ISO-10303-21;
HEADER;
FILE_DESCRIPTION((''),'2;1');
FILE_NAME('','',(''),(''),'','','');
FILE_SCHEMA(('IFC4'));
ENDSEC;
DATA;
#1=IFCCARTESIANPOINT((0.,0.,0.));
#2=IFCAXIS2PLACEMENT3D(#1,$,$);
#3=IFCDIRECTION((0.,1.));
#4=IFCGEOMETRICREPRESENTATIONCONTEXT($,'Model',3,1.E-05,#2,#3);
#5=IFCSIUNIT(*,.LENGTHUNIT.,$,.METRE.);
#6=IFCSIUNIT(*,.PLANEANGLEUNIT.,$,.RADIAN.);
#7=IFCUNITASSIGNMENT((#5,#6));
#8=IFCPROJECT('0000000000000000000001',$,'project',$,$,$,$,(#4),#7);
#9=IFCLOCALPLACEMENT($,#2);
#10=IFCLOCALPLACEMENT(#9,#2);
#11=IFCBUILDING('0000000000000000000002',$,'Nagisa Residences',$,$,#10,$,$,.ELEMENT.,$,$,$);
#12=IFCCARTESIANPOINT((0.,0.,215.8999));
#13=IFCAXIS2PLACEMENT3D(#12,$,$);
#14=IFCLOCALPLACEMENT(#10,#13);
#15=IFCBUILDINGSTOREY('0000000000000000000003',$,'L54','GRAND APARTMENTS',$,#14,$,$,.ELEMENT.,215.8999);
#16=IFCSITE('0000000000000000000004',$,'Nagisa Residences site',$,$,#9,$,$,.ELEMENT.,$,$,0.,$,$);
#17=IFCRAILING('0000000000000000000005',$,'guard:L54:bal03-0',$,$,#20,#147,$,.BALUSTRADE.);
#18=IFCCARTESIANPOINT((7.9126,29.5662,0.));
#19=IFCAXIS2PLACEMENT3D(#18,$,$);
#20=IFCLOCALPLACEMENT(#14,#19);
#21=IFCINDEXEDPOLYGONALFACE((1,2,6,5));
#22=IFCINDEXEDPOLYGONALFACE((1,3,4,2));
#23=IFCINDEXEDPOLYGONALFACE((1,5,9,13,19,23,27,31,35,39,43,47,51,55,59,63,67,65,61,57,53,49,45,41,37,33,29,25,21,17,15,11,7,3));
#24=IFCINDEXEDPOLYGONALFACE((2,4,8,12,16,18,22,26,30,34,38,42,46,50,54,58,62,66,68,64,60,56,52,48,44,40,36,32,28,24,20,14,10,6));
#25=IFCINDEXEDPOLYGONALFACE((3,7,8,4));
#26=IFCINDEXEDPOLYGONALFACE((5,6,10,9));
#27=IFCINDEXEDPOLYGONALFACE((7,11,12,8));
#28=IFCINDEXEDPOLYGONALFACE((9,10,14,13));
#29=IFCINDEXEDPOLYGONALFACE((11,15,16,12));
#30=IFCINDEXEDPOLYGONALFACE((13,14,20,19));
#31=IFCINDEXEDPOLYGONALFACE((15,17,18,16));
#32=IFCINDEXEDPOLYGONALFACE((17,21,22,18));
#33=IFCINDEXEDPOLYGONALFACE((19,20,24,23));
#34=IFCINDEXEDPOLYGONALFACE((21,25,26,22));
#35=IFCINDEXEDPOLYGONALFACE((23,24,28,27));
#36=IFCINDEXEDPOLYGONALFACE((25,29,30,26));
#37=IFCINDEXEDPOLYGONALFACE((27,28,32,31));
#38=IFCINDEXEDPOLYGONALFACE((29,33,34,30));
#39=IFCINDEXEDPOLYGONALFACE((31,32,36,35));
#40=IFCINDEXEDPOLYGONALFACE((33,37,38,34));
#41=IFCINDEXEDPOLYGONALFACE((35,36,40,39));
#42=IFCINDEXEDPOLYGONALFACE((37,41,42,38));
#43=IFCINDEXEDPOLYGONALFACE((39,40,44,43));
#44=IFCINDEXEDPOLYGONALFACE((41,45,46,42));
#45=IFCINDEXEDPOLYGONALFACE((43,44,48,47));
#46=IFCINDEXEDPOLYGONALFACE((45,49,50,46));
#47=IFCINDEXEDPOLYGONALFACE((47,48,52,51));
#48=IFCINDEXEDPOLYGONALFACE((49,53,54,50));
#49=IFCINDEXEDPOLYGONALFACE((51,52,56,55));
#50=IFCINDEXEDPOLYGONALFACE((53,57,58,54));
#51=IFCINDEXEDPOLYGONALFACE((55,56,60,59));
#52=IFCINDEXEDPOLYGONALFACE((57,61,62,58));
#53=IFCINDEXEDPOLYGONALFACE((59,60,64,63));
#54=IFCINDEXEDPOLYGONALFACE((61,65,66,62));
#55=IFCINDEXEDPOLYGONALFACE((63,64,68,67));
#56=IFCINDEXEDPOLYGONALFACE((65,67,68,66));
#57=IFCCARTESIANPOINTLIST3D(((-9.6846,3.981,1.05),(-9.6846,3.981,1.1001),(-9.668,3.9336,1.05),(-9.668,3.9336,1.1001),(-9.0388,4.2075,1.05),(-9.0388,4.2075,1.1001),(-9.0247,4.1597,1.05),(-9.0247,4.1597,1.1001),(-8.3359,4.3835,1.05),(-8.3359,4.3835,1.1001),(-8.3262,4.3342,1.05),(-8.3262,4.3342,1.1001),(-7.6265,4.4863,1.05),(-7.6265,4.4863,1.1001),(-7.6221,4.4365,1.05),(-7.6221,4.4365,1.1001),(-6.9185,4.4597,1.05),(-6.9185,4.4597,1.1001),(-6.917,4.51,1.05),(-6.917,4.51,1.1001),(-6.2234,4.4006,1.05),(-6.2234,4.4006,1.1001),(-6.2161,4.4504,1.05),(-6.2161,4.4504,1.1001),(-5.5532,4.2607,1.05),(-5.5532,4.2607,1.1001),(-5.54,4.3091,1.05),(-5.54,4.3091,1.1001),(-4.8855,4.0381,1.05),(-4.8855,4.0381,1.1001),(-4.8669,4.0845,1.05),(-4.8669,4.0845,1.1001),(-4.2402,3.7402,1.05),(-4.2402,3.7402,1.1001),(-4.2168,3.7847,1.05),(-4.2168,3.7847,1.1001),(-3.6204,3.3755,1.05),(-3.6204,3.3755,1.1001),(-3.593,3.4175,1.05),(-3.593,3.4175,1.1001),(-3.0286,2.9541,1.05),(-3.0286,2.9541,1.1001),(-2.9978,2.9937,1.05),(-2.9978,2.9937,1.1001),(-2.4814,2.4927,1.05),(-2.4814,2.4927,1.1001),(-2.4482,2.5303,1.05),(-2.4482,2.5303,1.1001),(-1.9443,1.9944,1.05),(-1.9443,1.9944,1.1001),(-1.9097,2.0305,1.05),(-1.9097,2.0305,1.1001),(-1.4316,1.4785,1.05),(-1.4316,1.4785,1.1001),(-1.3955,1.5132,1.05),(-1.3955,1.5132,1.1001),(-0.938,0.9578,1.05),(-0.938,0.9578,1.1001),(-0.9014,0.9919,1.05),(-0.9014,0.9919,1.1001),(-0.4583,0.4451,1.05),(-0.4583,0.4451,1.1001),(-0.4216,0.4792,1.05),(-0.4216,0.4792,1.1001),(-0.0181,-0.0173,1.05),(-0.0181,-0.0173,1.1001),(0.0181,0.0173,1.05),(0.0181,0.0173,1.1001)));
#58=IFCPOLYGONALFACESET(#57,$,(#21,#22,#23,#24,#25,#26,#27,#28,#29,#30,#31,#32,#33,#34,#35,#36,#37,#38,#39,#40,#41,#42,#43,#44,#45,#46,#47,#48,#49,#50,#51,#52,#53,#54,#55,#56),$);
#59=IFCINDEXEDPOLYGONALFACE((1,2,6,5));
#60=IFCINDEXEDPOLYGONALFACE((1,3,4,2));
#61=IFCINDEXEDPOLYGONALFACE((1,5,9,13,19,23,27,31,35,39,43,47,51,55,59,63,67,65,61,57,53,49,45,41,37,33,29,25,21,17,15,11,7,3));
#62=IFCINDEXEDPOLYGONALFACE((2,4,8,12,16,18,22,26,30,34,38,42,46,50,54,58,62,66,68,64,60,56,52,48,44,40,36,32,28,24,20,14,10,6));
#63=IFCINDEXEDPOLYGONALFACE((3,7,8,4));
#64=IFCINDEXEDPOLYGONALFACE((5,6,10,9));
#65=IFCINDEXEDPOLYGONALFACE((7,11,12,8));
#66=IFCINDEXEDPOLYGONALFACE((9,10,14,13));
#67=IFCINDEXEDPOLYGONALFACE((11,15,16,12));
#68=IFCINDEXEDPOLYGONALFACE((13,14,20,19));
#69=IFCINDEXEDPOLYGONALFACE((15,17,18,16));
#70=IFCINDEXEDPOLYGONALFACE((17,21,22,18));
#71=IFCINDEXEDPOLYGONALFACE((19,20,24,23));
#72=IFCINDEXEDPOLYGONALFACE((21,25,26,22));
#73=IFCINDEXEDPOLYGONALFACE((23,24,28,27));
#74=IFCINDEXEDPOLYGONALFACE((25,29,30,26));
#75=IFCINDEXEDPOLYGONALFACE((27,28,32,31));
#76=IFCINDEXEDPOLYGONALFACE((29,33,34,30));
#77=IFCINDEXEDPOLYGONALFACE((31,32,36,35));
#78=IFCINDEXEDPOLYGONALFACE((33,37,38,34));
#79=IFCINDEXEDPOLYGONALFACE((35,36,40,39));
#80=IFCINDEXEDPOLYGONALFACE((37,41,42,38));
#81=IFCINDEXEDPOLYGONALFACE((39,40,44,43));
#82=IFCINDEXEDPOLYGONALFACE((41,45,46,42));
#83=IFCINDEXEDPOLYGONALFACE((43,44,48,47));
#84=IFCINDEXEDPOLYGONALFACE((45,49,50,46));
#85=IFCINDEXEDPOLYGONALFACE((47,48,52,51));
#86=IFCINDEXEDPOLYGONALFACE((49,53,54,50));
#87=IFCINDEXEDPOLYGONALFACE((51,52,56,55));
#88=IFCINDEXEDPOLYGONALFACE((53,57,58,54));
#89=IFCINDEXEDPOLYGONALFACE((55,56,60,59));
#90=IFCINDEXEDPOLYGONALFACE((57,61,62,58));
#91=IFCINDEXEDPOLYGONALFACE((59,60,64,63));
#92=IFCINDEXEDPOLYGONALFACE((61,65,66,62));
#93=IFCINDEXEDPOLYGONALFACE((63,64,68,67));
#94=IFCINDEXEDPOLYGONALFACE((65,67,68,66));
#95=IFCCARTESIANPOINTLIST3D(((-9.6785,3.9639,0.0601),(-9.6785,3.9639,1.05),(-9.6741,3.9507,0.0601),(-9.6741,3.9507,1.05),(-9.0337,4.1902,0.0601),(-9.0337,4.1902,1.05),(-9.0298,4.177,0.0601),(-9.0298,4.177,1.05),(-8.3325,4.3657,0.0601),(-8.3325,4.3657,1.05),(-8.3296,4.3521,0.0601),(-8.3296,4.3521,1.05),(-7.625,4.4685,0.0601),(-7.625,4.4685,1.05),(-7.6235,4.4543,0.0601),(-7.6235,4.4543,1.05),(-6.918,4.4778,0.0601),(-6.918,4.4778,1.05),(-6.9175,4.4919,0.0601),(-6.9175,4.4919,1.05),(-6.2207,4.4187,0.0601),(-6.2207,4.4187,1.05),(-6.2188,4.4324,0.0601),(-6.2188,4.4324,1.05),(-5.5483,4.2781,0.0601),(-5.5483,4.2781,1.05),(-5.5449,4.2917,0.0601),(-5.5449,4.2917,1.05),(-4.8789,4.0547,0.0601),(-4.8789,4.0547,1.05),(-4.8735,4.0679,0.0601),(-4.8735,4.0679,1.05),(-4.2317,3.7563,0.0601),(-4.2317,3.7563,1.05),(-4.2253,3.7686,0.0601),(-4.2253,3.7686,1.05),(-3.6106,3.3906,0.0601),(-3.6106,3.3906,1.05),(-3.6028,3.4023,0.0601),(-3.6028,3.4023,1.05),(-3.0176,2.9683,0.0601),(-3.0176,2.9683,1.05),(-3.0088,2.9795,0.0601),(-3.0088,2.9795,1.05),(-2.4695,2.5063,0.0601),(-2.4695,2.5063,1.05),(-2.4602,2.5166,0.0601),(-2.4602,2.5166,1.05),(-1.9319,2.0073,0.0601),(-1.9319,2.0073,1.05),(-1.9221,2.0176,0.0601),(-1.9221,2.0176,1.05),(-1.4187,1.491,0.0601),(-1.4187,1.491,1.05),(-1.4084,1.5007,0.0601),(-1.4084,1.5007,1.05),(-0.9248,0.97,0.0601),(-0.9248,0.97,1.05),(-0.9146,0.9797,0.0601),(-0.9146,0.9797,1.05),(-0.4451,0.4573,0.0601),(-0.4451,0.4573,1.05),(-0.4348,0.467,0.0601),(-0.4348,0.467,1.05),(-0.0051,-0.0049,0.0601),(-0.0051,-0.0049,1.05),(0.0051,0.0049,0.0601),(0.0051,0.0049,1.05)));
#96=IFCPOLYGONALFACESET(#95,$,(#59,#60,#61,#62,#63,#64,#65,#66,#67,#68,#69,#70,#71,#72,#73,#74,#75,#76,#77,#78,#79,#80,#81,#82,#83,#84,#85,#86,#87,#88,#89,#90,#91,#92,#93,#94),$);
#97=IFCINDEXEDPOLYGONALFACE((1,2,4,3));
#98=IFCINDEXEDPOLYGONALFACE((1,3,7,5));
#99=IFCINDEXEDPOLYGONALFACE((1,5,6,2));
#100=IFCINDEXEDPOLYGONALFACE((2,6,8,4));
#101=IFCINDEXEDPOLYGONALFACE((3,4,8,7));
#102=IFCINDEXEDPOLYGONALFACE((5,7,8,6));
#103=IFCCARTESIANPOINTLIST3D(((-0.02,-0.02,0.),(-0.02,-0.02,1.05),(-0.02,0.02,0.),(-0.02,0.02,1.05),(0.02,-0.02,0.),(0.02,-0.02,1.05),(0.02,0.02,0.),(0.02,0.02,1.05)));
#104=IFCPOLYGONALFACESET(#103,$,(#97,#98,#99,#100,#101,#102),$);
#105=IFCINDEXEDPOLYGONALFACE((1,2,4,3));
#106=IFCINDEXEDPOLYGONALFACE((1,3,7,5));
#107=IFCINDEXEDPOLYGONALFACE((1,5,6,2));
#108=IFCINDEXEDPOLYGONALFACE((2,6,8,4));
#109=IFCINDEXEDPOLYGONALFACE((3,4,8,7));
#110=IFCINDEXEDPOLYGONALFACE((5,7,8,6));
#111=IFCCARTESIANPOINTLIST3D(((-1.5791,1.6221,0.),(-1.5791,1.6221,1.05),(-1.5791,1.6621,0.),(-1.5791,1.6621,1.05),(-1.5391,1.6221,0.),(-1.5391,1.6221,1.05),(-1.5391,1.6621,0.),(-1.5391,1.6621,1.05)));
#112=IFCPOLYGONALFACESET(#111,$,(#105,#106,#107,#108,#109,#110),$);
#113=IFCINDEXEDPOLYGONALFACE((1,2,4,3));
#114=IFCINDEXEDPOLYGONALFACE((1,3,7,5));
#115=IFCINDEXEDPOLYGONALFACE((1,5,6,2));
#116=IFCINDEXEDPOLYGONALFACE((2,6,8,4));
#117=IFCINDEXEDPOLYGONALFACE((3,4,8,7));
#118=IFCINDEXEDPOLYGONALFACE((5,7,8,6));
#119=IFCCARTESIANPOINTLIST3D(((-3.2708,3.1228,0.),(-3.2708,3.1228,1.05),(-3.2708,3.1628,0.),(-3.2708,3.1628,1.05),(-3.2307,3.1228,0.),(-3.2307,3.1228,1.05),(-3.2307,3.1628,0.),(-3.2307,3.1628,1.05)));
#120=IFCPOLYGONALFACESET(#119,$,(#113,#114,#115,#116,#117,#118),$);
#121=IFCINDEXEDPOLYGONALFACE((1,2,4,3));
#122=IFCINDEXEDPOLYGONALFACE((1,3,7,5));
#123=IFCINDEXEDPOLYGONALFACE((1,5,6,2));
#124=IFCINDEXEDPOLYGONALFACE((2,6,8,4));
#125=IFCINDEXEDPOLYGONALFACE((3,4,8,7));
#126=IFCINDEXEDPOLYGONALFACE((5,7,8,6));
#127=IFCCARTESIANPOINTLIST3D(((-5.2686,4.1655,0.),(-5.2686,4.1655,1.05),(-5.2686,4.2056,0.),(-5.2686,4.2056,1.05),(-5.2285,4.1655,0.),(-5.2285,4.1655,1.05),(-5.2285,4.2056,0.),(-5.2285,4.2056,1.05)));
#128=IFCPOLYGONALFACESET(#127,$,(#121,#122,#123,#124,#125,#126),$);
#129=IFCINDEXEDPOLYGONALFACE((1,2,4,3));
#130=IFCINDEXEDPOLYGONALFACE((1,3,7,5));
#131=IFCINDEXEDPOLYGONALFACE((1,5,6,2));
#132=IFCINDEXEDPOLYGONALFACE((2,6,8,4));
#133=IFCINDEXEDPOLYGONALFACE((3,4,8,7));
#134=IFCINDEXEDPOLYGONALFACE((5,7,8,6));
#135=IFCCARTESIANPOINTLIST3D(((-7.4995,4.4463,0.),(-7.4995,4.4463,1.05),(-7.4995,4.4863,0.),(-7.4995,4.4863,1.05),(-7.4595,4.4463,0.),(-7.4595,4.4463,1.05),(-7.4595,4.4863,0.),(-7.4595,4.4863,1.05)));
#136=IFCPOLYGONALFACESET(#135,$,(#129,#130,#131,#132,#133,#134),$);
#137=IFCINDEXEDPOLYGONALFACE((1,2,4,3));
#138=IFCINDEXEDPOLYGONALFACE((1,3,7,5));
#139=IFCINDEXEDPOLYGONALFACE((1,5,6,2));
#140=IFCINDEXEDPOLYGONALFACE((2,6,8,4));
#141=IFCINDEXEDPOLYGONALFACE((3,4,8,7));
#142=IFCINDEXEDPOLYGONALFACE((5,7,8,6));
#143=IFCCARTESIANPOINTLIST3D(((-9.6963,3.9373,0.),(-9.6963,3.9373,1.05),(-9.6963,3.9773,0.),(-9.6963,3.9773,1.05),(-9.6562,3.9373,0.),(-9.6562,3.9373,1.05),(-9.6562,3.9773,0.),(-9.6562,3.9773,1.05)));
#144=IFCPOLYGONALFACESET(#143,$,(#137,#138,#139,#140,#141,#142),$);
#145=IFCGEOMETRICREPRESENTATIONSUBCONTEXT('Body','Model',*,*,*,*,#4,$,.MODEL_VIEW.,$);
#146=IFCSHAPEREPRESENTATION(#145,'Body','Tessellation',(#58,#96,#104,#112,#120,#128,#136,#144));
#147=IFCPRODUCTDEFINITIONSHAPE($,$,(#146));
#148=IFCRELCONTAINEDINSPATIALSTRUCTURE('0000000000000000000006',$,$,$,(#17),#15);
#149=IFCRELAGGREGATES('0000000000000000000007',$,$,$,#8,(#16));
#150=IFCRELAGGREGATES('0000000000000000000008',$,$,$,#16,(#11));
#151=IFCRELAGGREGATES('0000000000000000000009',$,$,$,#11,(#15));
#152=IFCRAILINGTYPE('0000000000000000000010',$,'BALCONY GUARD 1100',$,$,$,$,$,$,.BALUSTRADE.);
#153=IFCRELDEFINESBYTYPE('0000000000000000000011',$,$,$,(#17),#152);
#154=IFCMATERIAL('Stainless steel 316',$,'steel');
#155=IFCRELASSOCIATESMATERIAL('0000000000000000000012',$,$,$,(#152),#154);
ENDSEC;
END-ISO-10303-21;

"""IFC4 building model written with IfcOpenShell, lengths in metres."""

from ifc_helpers import new_model, si_unit, direction, frame, origin, origin_2d, place, context, subcontext, project, spatial, polyline, rectangle, outline, extrude, material, type_object, element, save


model = new_model("IFC4")

# Units and contexts
model_context = context("Model", 3, precision=1e-05, world=origin(), true_north=direction((0.0, 1.0)))
body_context = subcontext(model_context, "Body", "Model", "MODEL_VIEW")
ifc_project = project(units=[si_unit("LENGTHUNIT", "METRE"), si_unit("PLANEANGLEUNIT", "RADIAN")], contexts=[model_context])

# Site, building, storey
site_placement = place(None, origin())
site = spatial("IfcSite", under=ifc_project, at=site_placement, Name="Nagisa Residences site", CompositionType="ELEMENT", RefElevation=0.0)
building_placement = place(site_placement, origin())
building = spatial("IfcBuilding", under=site, at=building_placement, Name="Nagisa Residences", CompositionType="ELEMENT")
storey_placement = place(building_placement, frame((0.0, 0.0, 215.8999)))
storey = spatial("IfcBuildingStorey", under=building, at=storey_placement, Name="L54", Description="GRAND APARTMENTS", CompositionType="ELEMENT", Elevation=215.8999)

# Railing
ifc_material_1 = material(Name="Stainless steel 316", Category="steel")
railing_type = type_object("IfcRailingType", Name="BALCONY GUARD 1100", PredefinedType="BALUSTRADE", material=ifc_material_1)
railing_placement = place(storey_placement, frame((7.9126, 29.5662, 0.0)))
element("IfcRailing", 1, at=railing_placement, inside=storey, type_object=railing_type, Name="guard:L54:bal03-0", PredefinedType="BALUSTRADE", context=body_context, shape_type="SweptSolid", body=[
    extrude(outline(polyline([(-0.4583, 0.4451), (-0.0181, -0.0173), (0.0181, 0.0173), (-0.4216, 0.4792), (-0.9014, 0.9919), (-1.3955, 1.5132), (-1.9097, 2.0305), (-2.4482, 2.5303), (-2.9978, 2.9937), (-3.593, 3.4175), (-4.2168, 3.7847), (-4.8669, 4.0845), (-5.54, 4.3091), (-6.2161, 4.4504), (-6.917, 4.51), (-7.6265, 4.4863), (-8.3359, 4.3835), (-9.0388, 4.2075), (-9.6846, 3.981), (-9.668, 3.9336), (-9.0247, 4.1597), (-8.3262, 4.3342), (-7.6221, 4.4365), (-6.9185, 4.4597), (-6.2234, 4.4006), (-5.5532, 4.2607), (-4.8855, 4.0381), (-4.2402, 3.7402), (-3.6204, 3.3755), (-3.0286, 2.9541), (-2.4814, 2.4927), (-1.9443, 1.9944), (-1.4316, 1.4785), (-0.938, 0.9578), (-0.4583, 0.4451)])), frame((0.0, 0.0, 1.05)), (0.0, 0.0, 1.0), 0.05),
    extrude(outline(polyline([(-0.4451, 0.4573), (-0.0051, -0.0049), (0.0051, 0.0049), (-0.4348, 0.467), (-0.9146, 0.9797), (-1.4084, 1.5007), (-1.9221, 2.0176), (-2.4602, 2.5166), (-3.0088, 2.9795), (-3.6028, 3.4023), (-4.2253, 3.7686), (-4.8735, 4.0679), (-5.5449, 4.2917), (-6.2188, 4.4324), (-6.9175, 4.4919), (-7.625, 4.4685), (-8.3325, 4.3657), (-9.0337, 4.1902), (-9.6785, 3.9639), (-9.6741, 3.9507), (-9.0298, 4.177), (-8.3296, 4.3521), (-7.6235, 4.4543), (-6.918, 4.4778), (-6.2207, 4.4187), (-5.5483, 4.2781), (-4.8789, 4.0547), (-4.2317, 3.7563), (-3.6106, 3.3906), (-3.0176, 2.9683), (-2.4695, 2.5063), (-1.9319, 2.0073), (-1.4187, 1.491), (-0.9248, 0.97), (-0.4451, 0.4573)])), frame((0.0, 0.0, 0.0601)), (0.0, 0.0, 1.0), 0.99),
    extrude(rectangle(XDim=0.04, YDim=0.04, at=origin_2d()), origin(), (0.0, 0.0, 1.0), 1.05),
    extrude(rectangle(XDim=0.04, YDim=0.04, at=origin_2d()), frame((-1.5591, 1.6421, 0.0)), (0.0, 0.0, 1.0), 1.05),
    extrude(rectangle(XDim=0.04, YDim=0.04, at=origin_2d()), frame((-3.2507, 3.1428, 0.0)), (0.0, 0.0, 1.0), 1.05),
    extrude(rectangle(XDim=0.04, YDim=0.04, at=origin_2d()), frame((-5.2485, 4.1855, 0.0)), (0.0, 0.0, 1.0), 1.05),
    extrude(rectangle(XDim=0.04, YDim=0.04, at=origin_2d()), frame((-7.4795, 4.4663, 0.0)), (0.0, 0.0, 1.0), 1.05),
    extrude(rectangle(XDim=0.04, YDim=0.04, at=origin_2d()), frame((-9.6763, 3.9573, 0.0)), (0.0, 0.0, 1.0), 1.05),
])

save(model, "model.ifc")
